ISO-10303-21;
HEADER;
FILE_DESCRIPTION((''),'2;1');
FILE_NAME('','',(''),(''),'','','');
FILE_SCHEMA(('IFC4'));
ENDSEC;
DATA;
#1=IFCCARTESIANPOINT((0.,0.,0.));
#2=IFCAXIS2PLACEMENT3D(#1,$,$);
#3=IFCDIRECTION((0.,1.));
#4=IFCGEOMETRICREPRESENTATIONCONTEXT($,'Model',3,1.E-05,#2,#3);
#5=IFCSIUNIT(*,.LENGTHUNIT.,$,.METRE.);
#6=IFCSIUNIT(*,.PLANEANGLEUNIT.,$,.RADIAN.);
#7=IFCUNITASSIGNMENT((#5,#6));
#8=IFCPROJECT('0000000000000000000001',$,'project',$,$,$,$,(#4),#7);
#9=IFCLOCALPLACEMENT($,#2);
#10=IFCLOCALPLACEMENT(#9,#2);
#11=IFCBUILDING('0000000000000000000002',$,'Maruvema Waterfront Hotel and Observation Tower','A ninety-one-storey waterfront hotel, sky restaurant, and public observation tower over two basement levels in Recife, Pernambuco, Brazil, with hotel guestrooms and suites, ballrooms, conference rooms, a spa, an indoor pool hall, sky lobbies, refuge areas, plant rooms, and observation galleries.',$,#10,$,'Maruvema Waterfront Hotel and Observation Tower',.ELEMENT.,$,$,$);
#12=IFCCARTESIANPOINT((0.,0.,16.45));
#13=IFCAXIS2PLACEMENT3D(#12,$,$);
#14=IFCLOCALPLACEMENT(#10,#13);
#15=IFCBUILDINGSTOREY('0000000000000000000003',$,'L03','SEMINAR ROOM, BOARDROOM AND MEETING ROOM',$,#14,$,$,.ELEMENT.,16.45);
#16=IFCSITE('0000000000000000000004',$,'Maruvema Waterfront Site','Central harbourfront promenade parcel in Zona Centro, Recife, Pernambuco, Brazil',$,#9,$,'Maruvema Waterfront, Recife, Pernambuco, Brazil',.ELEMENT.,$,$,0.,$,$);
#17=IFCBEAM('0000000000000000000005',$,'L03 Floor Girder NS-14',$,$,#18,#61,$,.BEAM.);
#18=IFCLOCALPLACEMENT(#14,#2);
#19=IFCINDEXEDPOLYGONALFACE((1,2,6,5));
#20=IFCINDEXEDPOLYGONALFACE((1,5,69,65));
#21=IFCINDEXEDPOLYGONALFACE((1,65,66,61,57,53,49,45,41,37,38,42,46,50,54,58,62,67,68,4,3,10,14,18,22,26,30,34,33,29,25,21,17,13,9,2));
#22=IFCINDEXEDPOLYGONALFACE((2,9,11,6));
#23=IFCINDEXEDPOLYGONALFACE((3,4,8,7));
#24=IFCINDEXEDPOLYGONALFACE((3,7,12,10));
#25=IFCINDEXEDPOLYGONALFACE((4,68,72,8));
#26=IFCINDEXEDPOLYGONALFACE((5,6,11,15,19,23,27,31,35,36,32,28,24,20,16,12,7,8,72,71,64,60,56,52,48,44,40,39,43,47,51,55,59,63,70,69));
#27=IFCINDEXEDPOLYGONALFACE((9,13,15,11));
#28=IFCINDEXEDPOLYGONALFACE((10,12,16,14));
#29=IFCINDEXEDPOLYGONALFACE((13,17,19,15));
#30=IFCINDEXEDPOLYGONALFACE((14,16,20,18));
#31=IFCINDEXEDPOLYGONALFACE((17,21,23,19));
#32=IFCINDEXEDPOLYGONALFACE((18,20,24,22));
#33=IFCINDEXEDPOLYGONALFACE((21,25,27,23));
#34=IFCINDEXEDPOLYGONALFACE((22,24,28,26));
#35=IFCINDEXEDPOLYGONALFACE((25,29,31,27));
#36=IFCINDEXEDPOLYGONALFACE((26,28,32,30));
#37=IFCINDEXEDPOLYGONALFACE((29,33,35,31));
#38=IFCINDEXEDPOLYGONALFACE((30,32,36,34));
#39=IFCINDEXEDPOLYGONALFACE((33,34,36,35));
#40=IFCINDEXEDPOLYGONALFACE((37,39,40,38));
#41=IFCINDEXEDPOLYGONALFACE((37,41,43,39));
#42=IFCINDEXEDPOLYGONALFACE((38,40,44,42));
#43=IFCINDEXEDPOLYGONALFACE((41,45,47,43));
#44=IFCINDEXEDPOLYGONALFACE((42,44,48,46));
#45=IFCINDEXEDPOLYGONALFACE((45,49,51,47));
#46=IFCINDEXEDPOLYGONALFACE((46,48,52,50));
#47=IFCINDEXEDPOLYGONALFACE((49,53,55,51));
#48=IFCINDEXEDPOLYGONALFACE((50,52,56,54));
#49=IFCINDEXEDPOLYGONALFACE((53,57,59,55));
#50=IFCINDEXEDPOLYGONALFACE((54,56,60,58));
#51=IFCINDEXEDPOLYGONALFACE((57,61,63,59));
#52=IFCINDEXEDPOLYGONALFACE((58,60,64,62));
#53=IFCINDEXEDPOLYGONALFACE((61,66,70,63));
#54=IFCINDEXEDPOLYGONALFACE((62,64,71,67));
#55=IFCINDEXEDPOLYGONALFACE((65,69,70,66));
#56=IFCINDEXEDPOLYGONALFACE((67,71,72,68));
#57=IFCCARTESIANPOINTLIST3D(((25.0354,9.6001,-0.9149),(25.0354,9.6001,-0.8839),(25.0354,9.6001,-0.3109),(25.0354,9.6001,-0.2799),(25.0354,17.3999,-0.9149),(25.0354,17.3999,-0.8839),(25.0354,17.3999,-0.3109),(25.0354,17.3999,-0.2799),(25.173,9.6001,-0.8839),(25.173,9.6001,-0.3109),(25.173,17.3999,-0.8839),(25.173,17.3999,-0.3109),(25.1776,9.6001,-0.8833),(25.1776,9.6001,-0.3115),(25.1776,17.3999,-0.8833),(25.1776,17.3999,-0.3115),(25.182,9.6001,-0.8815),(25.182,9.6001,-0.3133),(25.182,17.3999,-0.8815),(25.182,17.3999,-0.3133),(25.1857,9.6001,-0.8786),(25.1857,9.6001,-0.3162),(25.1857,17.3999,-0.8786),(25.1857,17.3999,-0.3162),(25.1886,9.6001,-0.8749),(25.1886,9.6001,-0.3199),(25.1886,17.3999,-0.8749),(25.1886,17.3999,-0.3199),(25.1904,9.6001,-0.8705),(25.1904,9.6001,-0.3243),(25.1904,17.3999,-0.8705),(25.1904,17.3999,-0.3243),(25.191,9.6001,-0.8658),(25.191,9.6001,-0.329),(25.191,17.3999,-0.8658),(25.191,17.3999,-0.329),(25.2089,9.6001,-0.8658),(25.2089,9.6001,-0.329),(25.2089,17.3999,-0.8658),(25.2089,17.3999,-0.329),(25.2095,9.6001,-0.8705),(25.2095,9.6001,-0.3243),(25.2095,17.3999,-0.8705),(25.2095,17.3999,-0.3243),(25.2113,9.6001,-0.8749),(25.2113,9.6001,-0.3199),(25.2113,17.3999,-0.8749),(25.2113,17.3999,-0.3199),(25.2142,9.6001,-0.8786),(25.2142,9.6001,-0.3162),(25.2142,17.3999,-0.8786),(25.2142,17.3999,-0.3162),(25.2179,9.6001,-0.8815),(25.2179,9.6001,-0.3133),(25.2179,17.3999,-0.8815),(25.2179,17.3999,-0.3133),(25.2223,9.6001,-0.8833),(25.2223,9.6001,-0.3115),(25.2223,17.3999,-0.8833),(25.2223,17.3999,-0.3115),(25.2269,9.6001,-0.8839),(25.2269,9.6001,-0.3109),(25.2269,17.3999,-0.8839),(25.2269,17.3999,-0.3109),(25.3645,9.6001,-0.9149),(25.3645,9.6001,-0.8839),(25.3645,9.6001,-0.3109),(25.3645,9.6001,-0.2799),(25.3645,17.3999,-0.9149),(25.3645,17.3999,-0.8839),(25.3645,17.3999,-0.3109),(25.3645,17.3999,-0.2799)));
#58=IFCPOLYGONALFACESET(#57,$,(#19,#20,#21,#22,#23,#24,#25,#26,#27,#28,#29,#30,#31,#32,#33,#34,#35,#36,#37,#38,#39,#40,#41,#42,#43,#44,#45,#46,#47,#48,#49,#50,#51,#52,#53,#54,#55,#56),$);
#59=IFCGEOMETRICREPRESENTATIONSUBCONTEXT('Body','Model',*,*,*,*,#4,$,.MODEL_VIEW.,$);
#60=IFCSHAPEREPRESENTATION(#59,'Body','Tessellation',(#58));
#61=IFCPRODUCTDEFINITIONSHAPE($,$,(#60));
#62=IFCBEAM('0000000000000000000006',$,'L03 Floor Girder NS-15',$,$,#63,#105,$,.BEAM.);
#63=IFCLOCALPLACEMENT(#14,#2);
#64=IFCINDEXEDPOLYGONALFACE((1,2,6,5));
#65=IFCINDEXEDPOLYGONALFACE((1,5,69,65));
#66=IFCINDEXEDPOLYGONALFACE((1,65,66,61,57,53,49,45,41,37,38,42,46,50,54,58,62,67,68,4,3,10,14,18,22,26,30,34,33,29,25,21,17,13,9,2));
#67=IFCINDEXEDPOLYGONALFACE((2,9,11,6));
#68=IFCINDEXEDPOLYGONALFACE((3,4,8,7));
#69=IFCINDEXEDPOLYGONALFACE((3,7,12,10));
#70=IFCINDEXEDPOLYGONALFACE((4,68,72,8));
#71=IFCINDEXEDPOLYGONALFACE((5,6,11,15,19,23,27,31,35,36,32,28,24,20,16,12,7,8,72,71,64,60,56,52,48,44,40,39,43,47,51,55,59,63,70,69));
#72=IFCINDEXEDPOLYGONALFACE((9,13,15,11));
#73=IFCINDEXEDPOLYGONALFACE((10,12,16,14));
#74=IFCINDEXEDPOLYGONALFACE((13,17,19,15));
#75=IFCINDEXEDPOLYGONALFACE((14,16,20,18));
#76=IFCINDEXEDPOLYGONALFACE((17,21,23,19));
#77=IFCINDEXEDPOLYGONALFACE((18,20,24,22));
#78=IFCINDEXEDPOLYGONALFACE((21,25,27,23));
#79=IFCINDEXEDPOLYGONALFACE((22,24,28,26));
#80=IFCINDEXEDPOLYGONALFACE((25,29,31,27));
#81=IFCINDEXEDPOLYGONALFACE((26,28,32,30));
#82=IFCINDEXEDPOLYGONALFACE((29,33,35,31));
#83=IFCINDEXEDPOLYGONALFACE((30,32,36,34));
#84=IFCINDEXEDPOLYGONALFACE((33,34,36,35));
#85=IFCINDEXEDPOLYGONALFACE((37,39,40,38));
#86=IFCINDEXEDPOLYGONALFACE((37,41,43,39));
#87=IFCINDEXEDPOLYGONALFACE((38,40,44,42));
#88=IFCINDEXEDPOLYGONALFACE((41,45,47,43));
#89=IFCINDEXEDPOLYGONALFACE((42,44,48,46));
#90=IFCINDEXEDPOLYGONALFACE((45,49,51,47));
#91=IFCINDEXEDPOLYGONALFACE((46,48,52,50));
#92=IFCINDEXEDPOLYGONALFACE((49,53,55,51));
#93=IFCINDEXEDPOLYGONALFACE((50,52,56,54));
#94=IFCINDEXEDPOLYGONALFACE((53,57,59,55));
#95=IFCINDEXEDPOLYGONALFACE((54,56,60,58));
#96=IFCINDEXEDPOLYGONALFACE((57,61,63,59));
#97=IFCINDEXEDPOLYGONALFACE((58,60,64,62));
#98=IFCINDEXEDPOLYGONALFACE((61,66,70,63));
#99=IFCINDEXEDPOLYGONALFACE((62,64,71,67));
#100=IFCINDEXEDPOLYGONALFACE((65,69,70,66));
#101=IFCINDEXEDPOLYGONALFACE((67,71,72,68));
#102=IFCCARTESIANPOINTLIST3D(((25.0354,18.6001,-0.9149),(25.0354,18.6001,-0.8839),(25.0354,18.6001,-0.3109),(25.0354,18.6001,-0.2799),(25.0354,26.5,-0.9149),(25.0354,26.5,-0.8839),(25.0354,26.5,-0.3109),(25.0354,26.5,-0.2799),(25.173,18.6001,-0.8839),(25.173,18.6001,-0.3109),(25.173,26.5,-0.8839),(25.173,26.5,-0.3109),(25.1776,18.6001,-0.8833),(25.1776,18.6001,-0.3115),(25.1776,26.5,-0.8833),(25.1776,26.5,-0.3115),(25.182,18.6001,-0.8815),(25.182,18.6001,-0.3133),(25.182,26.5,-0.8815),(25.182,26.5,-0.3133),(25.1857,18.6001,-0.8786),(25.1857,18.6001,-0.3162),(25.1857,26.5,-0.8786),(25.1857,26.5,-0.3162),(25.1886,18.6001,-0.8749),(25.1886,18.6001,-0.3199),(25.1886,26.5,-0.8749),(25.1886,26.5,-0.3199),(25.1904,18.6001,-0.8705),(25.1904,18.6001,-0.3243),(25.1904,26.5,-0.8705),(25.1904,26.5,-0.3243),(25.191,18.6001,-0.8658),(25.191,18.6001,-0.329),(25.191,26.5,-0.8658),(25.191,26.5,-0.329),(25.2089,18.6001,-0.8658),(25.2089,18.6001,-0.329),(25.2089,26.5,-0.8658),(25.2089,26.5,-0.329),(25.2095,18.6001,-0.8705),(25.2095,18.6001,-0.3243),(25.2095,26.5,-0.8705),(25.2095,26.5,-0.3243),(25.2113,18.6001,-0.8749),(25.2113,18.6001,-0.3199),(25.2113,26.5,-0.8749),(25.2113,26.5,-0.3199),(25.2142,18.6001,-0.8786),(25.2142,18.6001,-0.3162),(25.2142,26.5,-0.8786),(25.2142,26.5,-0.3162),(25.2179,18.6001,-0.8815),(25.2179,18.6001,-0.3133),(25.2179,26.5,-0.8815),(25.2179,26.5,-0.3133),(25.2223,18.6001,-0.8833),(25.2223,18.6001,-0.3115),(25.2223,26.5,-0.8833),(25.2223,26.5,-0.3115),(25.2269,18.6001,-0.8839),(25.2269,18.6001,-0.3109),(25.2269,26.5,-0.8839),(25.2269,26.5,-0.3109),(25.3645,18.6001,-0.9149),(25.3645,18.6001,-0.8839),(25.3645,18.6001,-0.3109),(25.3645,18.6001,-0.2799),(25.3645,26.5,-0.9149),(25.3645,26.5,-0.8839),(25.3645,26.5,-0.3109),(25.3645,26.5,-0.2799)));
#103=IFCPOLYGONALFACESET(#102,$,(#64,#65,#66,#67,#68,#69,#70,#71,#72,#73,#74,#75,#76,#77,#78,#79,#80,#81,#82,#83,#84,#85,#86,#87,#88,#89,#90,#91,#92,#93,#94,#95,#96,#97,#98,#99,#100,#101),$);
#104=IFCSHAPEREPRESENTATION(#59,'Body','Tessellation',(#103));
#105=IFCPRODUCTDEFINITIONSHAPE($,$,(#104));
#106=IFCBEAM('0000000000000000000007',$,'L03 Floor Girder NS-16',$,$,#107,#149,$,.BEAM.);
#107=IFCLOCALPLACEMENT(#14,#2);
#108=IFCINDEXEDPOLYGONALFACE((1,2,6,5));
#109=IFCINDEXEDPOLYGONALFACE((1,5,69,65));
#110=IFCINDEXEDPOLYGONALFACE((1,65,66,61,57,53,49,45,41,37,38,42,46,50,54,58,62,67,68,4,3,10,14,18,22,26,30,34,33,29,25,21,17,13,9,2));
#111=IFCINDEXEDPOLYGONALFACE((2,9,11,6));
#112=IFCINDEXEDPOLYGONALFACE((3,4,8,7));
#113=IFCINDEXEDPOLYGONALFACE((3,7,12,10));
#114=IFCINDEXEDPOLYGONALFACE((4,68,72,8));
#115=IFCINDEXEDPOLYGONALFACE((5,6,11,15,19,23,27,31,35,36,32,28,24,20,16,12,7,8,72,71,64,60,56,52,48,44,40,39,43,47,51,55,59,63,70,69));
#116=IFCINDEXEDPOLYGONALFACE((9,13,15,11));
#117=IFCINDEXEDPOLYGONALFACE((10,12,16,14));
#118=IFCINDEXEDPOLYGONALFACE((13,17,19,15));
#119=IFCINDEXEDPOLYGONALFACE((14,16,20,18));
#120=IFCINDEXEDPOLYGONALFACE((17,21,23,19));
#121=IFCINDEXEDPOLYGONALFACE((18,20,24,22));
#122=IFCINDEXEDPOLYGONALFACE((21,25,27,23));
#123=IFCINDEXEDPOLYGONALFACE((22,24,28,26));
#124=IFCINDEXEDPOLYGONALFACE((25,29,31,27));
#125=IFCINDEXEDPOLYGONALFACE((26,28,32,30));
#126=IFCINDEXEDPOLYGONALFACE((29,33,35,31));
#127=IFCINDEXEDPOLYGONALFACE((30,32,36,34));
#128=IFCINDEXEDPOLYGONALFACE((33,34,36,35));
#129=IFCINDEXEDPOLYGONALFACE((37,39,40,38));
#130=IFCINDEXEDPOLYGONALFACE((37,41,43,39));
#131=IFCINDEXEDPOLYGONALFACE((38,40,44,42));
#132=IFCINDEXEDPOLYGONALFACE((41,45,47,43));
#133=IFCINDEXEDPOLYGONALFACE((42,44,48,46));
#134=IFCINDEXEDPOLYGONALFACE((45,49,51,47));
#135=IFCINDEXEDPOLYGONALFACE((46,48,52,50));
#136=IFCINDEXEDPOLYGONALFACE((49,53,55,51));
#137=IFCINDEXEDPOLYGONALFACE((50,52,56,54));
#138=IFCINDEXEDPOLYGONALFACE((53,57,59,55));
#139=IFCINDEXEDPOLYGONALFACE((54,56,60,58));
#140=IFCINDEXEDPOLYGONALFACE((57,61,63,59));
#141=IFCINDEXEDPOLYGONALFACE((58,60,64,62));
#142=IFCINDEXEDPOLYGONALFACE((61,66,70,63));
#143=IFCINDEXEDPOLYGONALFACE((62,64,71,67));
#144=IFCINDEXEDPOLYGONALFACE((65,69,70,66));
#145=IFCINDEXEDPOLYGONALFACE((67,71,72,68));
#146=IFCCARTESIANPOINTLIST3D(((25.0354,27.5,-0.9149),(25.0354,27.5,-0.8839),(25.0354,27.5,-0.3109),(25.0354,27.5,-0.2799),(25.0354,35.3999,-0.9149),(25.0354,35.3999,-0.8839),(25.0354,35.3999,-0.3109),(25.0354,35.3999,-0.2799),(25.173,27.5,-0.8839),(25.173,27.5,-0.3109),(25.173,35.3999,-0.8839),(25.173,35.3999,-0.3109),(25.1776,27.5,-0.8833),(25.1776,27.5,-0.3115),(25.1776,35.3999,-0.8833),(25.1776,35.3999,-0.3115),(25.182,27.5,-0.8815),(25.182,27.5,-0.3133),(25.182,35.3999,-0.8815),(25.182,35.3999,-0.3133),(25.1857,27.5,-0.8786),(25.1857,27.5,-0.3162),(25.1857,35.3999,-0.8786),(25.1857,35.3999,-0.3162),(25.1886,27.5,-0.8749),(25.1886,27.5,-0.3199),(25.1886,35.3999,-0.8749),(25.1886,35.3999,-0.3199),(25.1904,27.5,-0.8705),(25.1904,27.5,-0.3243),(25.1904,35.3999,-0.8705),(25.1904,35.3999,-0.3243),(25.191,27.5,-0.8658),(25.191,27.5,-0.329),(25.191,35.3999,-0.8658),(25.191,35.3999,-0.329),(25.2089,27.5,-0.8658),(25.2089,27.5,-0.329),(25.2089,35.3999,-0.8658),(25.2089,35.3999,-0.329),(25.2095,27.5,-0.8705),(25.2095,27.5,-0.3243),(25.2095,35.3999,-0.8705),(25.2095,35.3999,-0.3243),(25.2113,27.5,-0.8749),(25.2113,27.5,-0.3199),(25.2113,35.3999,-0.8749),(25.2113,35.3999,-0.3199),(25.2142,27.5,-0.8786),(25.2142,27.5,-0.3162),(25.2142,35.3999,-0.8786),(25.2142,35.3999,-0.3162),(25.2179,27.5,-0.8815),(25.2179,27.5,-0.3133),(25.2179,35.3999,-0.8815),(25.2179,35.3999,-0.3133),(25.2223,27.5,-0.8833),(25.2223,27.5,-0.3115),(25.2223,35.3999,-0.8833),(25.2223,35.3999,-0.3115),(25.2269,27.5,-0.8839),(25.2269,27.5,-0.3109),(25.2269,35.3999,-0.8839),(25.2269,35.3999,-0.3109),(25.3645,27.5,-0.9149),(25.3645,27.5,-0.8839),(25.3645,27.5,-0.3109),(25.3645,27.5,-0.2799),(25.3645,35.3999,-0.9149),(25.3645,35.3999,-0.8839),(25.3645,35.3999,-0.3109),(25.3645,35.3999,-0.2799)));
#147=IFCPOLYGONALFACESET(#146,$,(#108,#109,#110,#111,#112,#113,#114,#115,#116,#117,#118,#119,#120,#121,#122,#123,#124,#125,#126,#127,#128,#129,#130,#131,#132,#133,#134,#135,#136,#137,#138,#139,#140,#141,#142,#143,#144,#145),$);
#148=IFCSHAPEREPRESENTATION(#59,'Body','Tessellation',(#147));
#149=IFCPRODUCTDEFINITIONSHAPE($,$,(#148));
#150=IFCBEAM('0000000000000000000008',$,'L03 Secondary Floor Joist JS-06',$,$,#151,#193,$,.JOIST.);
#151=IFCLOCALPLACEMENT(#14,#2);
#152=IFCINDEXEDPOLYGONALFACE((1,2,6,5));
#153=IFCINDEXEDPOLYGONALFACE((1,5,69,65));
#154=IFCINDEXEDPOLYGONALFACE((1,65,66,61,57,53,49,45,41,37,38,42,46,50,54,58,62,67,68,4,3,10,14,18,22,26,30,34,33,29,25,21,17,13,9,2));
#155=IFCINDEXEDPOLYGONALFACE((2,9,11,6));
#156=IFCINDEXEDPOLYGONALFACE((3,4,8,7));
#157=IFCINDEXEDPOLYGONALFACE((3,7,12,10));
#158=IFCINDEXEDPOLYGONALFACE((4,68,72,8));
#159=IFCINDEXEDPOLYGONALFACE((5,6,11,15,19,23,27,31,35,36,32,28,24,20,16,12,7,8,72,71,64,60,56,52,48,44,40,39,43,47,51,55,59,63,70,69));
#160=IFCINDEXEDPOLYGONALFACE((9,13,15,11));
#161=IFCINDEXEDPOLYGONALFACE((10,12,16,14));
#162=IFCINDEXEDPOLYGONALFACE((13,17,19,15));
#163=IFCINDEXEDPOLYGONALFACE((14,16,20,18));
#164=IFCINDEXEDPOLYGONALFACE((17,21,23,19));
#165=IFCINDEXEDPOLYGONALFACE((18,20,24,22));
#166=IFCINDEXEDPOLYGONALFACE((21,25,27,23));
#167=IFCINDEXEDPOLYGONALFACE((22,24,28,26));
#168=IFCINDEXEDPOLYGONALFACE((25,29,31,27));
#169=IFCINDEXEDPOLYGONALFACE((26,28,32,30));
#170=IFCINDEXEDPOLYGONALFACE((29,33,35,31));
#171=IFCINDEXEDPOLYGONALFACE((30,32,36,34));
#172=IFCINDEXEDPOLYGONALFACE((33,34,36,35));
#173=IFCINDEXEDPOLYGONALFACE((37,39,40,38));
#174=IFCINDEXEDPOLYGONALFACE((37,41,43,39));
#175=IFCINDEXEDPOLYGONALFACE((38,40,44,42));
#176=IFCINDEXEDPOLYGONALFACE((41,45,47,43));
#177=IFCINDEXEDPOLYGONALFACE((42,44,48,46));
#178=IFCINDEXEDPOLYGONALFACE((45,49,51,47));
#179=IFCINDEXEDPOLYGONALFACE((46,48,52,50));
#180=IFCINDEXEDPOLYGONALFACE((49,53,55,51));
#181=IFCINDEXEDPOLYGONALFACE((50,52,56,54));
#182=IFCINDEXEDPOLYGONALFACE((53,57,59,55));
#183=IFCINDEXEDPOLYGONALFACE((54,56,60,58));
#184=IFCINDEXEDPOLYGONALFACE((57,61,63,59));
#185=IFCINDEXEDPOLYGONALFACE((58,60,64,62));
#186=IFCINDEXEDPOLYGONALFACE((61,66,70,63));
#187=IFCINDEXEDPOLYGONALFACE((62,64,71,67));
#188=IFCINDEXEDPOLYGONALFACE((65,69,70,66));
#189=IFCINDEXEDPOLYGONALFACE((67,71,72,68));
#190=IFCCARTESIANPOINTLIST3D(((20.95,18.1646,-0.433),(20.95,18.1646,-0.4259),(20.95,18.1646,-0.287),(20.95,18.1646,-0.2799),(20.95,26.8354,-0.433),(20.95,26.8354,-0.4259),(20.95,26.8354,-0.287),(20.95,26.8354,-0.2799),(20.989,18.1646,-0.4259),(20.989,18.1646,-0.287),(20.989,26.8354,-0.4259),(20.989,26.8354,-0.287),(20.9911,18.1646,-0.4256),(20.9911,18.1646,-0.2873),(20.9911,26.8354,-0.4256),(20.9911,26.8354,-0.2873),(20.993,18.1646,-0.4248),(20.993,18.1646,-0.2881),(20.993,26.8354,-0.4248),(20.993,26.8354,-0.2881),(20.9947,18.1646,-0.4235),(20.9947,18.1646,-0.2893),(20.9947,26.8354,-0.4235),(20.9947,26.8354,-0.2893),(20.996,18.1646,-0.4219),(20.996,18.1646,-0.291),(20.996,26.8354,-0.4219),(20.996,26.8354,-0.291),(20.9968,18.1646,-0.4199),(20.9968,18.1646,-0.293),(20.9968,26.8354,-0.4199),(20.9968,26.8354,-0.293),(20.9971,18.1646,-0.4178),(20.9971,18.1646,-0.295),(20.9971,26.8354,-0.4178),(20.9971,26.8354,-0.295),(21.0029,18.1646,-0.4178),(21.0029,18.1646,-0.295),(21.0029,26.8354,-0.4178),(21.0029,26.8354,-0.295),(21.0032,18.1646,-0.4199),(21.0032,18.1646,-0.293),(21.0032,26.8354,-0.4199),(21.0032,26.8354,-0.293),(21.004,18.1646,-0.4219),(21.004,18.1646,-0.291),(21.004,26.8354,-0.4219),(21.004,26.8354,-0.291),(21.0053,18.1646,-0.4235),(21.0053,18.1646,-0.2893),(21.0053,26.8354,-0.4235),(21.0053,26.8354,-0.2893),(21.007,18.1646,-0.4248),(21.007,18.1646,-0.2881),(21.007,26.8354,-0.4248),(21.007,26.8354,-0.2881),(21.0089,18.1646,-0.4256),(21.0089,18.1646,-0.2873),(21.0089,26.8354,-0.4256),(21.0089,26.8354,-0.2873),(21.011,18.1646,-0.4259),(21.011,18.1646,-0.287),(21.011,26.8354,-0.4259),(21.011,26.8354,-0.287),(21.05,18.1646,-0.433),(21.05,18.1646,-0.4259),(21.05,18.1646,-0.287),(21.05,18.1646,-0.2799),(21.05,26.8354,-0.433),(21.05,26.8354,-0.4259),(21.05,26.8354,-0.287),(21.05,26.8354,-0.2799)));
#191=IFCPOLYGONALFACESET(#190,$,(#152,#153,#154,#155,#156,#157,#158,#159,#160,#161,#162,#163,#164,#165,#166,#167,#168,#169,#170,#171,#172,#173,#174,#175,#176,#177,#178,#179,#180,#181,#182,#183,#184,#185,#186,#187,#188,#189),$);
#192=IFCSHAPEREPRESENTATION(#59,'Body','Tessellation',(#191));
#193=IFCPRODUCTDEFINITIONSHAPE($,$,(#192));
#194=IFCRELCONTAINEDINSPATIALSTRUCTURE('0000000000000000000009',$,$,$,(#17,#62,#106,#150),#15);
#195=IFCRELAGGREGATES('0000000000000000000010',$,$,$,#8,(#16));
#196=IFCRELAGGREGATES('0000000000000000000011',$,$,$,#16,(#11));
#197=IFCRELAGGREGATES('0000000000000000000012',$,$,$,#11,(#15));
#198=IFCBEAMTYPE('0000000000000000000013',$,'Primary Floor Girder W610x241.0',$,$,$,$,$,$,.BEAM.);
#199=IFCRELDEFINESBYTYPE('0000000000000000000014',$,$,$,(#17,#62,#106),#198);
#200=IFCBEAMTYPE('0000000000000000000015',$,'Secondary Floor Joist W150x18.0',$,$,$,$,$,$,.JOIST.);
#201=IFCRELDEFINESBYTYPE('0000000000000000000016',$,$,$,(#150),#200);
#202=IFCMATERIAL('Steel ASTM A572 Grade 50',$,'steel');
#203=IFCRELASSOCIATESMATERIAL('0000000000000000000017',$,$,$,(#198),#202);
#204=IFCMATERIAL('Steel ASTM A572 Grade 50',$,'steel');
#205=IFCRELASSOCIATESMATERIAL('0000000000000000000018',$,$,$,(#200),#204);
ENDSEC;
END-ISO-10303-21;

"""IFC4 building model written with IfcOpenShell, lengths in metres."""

from ifc_helpers import new_model, si_unit, direction, frame, origin, origin_2d, place, context, subcontext, project, spatial, i_section, extrude, material, material_profile, profile_set, type_object, element, save


model = new_model("IFC4")

# Units and contexts
model_context = context("Model", 3, precision=1e-05, world=origin(), true_north=direction((0.0, 1.0)))
body_context = subcontext(model_context, "Body", "Model", "MODEL_VIEW")
ifc_project = project(units=[si_unit("LENGTHUNIT", "METRE"), si_unit("PLANEANGLEUNIT", "RADIAN")], contexts=[model_context])

# Site, building, storey
site_placement = place(None, origin())
site = spatial("IfcSite", under=ifc_project, at=site_placement, Name="Maruvema Waterfront Site", Description="Central harbourfront promenade parcel in Zona Centro, Recife, Pernambuco, Brazil", LongName="Maruvema Waterfront, Recife, Pernambuco, Brazil", CompositionType="ELEMENT", RefElevation=0.0)
building_placement = place(site_placement, origin())
building = spatial("IfcBuilding", under=site, at=building_placement, Name="Maruvema Waterfront Hotel and Observation Tower", Description="A ninety-one-storey waterfront hotel, sky restaurant, and public observation tower over two basement levels in Recife, Pernambuco, Brazil, with hotel guestrooms and suites, ballrooms, conference rooms, a spa, an indoor pool hall, sky lobbies, refuge areas, plant rooms, and observation galleries.", LongName="Maruvema Waterfront Hotel and Observation Tower", CompositionType="ELEMENT")
storey_placement = place(building_placement, frame((0.0, 0.0, 16.45)))
storey = spatial("IfcBuildingStorey", under=building, at=storey_placement, Name="L03", Description="SEMINAR ROOM, BOARDROOM AND MEETING ROOM", CompositionType="ELEMENT", Elevation=16.45)

# Beams
ifc_material_1 = material(Name="Steel ASTM A572 Grade 50", Category="steel")
ifc_material_profile_1 = material_profile(ifc_material_1, i_section(OverallWidth=0.3291, OverallDepth=0.635, WebThickness=0.0178, FlangeThickness=0.031, FilletRadius=0.0181, at=origin_2d()), Name="W610x241.0")
ifc_profile_set_1 = profile_set([ifc_material_profile_1], Name="Steel ASTM A572 Grade 50")
beam_type_1 = type_object("IfcBeamType", Name="Primary Floor Girder W610x241.0", PredefinedType="BEAM", material=ifc_profile_set_1)
beam_1_placement = place(storey_placement, frame((25.2, 9.6001, -0.5974), z_axis=(0.0, 1.0, 0.0), x_axis=(-1.0, 0.0, 0.0)))
element("IfcBeam", 1, at=beam_1_placement, inside=storey, type_object=beam_type_1, Name="L03 Floor Girder NS-14", PredefinedType="BEAM", context=body_context, shape_type="SweptSolid", body=[
    extrude(i_section(OverallWidth=0.3291, OverallDepth=0.635, WebThickness=0.0178, FlangeThickness=0.031, FilletRadius=0.0181, at=origin_2d()), origin(), (0.0, 0.0, 1.0), 7.7998),
])
for number, where, z_axis, x_axis, name in (
    (2, (25.2, 18.6001, -0.5974), (0.0, 1.0, 0.0), (-1.0, 0.0, 0.0), "L03 Floor Girder NS-15"),
    (3, (25.2, 27.5, -0.5974), (0.0, 1.0, 0.0), (-1.0, 0.0, 0.0), "L03 Floor Girder NS-16"),
):
    element("IfcBeam", number, at=place(storey_placement, frame(where, z_axis=z_axis, x_axis=x_axis)), inside=storey, type_object=beam_type_1, Name=name, PredefinedType="BEAM", context=body_context, shape_type="SweptSolid", body=[
        extrude(i_section(OverallWidth=0.3291, OverallDepth=0.635, WebThickness=0.0178, FlangeThickness=0.031, FilletRadius=0.0181, at=origin_2d()), origin(), (0.0, 0.0, 1.0), 7.8999),
    ])
ifc_material_2 = material(Name="Steel ASTM A572 Grade 50", Category="steel")
ifc_material_profile_2 = material_profile(ifc_material_2, i_section(OverallWidth=0.1001, OverallDepth=0.1531, WebThickness=0.0059, FlangeThickness=0.0071, FilletRadius=0.0081, at=origin_2d()), Name="W150x18.0")
ifc_profile_set_2 = profile_set([ifc_material_profile_2], Name="Steel ASTM A572 Grade 50")
beam_type_2 = type_object("IfcBeamType", Name="Secondary Floor Joist W150x18.0", PredefinedType="JOIST", material=ifc_profile_set_2)
beam_2_placement = place(storey_placement, frame((21.0, 18.1646, -0.3564), z_axis=(0.0, 1.0, 0.0), x_axis=(-1.0, 0.0, 0.0)))
element("IfcBeam", 4, at=beam_2_placement, inside=storey, type_object=beam_type_2, Name="L03 Secondary Floor Joist JS-06", PredefinedType="JOIST", context=body_context, shape_type="SweptSolid", body=[
    extrude(i_section(OverallWidth=0.1001, OverallDepth=0.1531, WebThickness=0.0059, FlangeThickness=0.0071, FilletRadius=0.0081, at=origin_2d()), origin(), (0.0, 0.0, 1.0), 8.6709),
])

save(model, "model.ifc")
